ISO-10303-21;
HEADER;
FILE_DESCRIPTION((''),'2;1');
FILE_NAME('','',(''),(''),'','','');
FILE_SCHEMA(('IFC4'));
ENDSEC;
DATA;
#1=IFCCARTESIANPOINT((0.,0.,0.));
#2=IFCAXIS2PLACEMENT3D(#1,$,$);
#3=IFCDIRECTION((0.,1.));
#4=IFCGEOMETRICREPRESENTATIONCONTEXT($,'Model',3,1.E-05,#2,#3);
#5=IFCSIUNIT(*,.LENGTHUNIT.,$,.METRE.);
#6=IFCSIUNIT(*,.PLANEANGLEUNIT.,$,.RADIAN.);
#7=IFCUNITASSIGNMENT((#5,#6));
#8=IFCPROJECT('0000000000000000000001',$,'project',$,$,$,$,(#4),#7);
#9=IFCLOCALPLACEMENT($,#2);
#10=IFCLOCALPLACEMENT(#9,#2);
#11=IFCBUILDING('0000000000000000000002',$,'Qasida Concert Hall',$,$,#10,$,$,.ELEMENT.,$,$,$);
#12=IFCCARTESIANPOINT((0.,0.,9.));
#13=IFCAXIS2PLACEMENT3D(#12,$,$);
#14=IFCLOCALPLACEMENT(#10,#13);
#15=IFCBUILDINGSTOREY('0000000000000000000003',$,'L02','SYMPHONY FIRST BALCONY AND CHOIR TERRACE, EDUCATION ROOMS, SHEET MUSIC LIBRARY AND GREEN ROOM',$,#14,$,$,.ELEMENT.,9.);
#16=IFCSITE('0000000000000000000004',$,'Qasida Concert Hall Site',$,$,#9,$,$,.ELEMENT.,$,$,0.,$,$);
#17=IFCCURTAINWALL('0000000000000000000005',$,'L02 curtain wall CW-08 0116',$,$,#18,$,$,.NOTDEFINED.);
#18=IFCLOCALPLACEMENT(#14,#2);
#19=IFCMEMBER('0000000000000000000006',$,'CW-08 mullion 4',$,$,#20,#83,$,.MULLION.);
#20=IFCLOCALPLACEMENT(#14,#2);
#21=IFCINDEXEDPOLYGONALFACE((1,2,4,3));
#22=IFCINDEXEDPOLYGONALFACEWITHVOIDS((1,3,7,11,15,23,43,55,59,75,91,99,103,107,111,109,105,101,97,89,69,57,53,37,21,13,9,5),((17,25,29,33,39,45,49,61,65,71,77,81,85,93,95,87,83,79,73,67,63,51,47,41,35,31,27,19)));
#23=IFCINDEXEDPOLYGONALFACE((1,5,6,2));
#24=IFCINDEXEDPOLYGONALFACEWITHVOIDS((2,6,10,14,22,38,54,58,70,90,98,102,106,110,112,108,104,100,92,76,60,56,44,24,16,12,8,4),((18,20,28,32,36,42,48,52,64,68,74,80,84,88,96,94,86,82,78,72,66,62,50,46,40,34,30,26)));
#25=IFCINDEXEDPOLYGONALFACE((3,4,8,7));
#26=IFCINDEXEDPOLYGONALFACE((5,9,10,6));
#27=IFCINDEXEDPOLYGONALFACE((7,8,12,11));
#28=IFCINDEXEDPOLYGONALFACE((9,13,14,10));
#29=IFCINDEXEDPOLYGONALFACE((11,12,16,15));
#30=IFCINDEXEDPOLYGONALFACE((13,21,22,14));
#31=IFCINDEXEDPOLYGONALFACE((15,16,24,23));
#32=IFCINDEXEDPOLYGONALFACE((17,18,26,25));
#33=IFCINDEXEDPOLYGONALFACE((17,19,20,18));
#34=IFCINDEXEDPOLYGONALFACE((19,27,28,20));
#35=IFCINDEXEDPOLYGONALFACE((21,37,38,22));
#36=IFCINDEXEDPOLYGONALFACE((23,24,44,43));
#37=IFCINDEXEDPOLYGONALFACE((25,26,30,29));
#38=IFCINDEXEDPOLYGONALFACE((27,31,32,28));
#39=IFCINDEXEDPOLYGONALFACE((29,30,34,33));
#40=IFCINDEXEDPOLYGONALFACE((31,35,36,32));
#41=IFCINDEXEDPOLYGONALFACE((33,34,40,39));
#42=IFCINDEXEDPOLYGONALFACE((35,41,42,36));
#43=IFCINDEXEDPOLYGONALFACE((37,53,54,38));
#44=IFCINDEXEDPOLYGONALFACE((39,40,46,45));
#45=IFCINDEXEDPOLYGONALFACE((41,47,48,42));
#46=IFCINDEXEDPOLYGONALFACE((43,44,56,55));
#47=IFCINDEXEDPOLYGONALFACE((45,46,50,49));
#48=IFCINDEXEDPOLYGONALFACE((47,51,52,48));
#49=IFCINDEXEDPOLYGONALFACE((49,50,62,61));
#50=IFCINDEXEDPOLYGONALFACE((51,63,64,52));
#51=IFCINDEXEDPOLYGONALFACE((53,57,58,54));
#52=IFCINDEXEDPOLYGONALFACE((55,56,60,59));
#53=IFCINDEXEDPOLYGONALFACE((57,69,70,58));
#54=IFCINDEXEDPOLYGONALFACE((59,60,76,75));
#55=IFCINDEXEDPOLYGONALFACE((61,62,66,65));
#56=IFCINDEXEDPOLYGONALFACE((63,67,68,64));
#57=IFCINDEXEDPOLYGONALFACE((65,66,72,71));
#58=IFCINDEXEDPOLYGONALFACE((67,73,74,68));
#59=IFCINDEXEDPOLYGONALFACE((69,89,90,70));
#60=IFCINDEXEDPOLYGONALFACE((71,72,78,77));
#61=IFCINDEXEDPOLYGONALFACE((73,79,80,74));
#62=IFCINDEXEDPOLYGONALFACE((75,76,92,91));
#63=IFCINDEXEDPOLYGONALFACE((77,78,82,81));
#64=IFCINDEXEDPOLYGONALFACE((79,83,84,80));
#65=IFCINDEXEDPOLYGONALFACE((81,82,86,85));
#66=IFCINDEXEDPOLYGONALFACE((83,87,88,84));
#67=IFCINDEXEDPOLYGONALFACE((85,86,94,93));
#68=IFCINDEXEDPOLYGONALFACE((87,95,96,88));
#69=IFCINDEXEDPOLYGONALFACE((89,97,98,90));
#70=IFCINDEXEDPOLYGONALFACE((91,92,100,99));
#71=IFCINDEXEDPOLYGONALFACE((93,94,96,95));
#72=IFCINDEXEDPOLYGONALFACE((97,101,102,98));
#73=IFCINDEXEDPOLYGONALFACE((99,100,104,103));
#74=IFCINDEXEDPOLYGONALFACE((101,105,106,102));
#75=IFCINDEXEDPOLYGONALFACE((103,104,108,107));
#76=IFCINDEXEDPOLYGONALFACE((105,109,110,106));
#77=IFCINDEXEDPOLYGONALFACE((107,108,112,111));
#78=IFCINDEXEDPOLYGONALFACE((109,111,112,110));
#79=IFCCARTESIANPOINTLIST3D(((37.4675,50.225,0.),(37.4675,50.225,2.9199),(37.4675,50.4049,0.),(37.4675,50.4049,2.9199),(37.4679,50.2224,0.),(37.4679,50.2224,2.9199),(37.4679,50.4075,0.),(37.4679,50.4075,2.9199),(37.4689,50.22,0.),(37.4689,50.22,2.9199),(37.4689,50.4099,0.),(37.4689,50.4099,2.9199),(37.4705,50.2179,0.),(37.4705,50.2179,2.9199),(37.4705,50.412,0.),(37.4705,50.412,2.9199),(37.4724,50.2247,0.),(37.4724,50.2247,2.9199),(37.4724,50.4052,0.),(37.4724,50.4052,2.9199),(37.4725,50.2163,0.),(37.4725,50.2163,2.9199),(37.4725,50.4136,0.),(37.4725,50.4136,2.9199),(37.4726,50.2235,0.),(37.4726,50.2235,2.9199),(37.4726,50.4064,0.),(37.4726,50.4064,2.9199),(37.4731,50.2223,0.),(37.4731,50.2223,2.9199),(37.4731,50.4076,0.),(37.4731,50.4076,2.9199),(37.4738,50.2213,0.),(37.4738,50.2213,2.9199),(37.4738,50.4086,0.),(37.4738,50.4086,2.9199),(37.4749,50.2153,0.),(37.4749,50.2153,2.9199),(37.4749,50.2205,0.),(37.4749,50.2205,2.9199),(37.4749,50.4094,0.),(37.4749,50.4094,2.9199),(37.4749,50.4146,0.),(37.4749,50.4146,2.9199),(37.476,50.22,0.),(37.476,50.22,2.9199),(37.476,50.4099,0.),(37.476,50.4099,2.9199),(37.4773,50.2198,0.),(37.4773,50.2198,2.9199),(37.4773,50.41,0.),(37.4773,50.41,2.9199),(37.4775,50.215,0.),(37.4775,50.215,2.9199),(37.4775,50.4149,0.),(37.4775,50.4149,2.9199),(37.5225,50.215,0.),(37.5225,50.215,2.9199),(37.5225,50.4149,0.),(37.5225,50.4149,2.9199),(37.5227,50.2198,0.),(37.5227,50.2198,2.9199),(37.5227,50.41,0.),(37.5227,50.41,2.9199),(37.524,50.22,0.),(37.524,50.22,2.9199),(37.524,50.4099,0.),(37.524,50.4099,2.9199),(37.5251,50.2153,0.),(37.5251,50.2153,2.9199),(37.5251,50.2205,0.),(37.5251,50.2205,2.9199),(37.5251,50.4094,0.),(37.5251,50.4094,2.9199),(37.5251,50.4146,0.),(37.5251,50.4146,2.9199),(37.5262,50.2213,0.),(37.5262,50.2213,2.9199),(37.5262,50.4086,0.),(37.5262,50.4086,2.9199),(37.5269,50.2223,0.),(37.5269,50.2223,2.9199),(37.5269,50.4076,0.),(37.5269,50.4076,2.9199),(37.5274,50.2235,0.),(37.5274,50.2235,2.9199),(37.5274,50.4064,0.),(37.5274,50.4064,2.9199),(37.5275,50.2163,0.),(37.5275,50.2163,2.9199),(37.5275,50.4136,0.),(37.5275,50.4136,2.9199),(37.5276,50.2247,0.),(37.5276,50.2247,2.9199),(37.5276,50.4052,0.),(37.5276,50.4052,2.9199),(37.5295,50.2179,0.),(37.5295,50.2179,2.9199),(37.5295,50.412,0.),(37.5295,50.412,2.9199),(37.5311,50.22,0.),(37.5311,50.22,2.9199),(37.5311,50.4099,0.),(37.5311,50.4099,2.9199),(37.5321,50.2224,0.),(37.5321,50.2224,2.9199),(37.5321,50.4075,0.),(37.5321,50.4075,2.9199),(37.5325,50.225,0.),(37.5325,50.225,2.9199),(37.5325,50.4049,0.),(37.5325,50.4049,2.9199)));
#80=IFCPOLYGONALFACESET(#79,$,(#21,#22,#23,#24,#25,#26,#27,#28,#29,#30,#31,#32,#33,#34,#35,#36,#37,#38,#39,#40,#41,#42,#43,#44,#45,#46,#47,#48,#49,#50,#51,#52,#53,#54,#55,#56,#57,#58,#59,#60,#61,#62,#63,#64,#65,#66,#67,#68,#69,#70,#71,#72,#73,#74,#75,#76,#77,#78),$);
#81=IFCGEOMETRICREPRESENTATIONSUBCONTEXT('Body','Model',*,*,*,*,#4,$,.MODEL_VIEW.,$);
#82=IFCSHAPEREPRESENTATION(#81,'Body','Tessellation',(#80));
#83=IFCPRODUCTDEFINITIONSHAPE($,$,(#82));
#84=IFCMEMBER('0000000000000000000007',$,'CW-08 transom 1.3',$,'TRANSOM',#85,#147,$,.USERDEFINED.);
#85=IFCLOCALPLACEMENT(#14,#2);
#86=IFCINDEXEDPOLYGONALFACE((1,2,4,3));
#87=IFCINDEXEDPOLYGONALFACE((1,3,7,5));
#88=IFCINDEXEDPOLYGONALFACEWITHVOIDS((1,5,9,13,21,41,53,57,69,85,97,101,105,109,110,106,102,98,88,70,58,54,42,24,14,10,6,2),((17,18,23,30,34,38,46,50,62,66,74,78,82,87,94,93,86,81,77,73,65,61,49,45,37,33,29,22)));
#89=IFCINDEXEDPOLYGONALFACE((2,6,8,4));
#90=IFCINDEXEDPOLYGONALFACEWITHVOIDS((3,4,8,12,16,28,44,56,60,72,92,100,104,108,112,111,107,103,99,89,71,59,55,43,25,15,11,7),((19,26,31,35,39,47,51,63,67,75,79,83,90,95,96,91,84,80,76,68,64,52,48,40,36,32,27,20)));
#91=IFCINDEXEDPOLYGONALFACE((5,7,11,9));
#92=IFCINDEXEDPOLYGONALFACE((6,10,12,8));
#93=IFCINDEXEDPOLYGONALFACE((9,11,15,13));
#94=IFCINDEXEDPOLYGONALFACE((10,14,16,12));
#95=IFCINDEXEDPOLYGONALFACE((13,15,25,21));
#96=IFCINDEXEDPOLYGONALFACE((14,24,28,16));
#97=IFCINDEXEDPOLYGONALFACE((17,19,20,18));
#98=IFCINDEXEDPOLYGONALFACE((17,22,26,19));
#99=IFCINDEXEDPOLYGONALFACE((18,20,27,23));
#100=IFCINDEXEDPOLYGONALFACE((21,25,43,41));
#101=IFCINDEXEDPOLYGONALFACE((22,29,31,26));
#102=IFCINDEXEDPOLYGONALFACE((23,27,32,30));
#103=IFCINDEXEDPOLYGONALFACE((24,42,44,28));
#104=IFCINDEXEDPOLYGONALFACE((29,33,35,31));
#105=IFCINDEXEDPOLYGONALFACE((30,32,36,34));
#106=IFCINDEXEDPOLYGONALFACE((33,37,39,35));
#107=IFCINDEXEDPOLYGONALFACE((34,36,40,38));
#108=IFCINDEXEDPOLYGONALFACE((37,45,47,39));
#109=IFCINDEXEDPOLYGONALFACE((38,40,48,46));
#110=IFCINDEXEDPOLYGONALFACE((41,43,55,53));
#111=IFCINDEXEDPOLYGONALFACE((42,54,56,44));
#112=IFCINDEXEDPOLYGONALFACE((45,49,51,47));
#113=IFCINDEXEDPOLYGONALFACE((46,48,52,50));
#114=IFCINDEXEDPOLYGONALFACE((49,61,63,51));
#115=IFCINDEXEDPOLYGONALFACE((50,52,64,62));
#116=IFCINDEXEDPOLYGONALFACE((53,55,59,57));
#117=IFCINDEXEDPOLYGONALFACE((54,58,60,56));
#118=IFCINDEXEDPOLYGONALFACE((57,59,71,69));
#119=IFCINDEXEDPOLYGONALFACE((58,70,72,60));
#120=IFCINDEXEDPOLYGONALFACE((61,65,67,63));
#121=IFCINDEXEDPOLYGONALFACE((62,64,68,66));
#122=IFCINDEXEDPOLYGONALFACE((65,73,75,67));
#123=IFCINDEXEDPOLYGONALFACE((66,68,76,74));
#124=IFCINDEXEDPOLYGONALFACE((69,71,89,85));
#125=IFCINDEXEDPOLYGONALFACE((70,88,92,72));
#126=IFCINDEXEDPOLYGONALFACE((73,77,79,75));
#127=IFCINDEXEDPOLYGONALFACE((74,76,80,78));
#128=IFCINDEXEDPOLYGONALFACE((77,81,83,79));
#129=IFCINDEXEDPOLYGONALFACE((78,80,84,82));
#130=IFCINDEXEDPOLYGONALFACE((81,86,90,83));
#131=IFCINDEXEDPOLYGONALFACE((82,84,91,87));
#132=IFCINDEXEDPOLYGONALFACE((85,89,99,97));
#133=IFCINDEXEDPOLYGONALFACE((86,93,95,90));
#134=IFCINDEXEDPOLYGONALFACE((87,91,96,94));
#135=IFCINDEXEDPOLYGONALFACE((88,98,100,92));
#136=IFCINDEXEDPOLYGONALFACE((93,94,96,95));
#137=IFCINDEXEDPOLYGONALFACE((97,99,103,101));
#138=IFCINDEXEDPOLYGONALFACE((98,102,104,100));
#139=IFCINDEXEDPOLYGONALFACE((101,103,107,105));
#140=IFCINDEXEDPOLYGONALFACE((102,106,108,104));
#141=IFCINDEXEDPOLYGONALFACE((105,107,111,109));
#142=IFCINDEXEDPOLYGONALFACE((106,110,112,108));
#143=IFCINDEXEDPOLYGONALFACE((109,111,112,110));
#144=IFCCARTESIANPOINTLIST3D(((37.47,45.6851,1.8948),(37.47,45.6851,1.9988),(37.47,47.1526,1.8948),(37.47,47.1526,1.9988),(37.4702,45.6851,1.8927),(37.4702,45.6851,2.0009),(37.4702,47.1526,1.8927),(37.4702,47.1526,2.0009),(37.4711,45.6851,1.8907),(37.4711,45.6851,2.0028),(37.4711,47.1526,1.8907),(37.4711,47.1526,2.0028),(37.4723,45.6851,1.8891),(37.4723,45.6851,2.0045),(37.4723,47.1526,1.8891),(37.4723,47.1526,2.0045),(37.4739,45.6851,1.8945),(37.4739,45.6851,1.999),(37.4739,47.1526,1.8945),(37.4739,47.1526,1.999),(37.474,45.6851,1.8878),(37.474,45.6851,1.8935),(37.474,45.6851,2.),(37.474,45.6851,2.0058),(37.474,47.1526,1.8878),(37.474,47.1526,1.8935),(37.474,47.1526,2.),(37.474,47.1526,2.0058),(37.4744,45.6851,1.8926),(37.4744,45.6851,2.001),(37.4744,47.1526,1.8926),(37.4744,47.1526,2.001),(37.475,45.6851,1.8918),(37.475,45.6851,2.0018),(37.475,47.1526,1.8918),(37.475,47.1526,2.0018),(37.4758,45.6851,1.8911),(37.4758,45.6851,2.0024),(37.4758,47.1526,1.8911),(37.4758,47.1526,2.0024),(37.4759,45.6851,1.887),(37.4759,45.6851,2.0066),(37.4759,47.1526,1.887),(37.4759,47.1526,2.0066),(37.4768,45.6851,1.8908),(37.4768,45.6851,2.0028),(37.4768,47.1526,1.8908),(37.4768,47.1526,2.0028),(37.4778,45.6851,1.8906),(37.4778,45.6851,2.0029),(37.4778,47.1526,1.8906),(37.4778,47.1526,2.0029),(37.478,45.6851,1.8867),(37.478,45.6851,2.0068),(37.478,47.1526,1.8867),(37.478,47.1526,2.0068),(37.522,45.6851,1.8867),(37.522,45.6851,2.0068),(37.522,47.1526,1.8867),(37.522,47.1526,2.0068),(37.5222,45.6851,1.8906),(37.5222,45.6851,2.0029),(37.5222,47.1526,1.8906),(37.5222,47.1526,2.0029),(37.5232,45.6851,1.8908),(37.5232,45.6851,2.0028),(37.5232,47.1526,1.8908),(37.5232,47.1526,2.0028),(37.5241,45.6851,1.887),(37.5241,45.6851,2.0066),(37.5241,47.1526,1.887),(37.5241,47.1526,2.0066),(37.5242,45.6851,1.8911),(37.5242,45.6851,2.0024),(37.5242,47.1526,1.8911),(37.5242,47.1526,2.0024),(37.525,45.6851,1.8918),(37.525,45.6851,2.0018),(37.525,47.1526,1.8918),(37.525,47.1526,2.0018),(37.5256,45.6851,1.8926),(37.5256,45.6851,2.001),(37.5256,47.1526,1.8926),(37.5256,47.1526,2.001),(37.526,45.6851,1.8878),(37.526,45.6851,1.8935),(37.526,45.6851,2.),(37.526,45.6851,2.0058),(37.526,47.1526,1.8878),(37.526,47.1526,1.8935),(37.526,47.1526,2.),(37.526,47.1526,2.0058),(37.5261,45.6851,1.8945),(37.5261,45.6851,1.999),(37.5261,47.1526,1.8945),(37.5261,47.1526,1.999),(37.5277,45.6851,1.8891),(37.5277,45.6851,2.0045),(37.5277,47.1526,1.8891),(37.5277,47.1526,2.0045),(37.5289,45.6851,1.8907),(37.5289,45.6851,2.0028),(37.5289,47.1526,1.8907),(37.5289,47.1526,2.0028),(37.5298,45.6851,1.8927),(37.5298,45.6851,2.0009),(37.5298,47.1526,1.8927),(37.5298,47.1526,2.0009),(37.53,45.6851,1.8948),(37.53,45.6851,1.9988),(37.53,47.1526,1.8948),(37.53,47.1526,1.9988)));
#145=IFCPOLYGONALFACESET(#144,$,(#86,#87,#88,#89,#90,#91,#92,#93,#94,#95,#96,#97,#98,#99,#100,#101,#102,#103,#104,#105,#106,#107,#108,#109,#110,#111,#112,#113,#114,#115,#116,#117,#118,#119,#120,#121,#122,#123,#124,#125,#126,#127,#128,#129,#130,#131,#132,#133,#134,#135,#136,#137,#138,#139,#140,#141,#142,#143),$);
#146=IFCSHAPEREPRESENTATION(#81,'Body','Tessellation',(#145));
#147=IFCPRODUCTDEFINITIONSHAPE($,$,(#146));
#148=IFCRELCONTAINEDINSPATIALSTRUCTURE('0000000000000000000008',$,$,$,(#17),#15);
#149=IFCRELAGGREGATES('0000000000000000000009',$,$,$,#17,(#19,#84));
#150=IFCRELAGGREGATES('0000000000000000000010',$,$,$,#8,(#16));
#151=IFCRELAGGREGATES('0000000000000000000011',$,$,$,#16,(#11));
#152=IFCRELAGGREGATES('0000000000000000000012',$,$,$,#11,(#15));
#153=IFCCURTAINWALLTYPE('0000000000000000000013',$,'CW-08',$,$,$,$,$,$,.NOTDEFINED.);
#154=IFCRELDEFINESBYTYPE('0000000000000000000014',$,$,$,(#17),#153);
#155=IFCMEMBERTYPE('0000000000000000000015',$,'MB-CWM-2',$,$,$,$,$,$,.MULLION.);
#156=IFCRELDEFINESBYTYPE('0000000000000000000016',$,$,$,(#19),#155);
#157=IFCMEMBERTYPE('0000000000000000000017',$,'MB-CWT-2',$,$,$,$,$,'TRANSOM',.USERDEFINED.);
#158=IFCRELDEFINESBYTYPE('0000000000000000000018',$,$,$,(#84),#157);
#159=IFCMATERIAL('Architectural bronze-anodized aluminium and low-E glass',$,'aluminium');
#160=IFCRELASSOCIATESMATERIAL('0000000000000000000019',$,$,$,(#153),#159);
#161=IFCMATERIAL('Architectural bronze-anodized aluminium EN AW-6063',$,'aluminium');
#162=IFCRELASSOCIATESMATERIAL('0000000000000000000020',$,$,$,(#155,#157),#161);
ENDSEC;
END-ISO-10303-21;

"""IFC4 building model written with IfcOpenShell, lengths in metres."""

from ifc_helpers import new_model, si_unit, direction, frame, origin, origin_2d, place, context, subcontext, project, spatial, hollow_rectangle, extrude, material, material_profile, profile_set, type_object, element, aggregate, save


model = new_model("IFC4")

# Units and contexts
model_context = context("Model", 3, precision=1e-05, world=origin(), true_north=direction((0.0, 1.0)))
body_context = subcontext(model_context, "Body", "Model", "MODEL_VIEW")
ifc_project = project(units=[si_unit("LENGTHUNIT", "METRE"), si_unit("PLANEANGLEUNIT", "RADIAN")], contexts=[model_context])

# Site, building, storey
site_placement = place(None, origin())
site = spatial("IfcSite", under=ifc_project, at=site_placement, Name="Qasida Concert Hall Site", CompositionType="ELEMENT", RefElevation=0.0)
building_placement = place(site_placement, origin())
building = spatial("IfcBuilding", under=site, at=building_placement, Name="Qasida Concert Hall", CompositionType="ELEMENT")
storey_placement = place(building_placement, frame((0.0, 0.0, 9.0)))
storey = spatial("IfcBuildingStorey", under=building, at=storey_placement, Name="L02", Description="SYMPHONY FIRST BALCONY AND CHOIR TERRACE, EDUCATION ROOMS, SHEET MUSIC LIBRARY AND GREEN ROOM", CompositionType="ELEMENT", Elevation=9.0)

# Curtain wall, members
ifc_material_1 = material(Name="Architectural bronze-anodized aluminium and low-E glass", Category="aluminium")
curtain_wall_type = type_object("IfcCurtainWallType", Name="CW-08", PredefinedType="NOTDEFINED", material=ifc_material_1)
curtain_wall_placement = place(storey_placement, origin())
curtain_wall = element("IfcCurtainWall", 1, at=curtain_wall_placement, inside=storey, type_object=curtain_wall_type, Name="L02 curtain wall CW-08 0116", PredefinedType="NOTDEFINED")
ifc_material_2 = material(Name="Architectural bronze-anodized aluminium EN AW-6063", Category="aluminium")
ifc_material_profile_1 = material_profile(ifc_material_2, hollow_rectangle(XDim=0.0649, YDim=0.2, WallThickness=0.0049, InnerFilletRadius=0.0049, OuterFilletRadius=0.01, at=origin_2d()), Name="CWM 200x65x5")
ifc_profile_set_1 = profile_set([ifc_material_profile_1], Name="Architectural bronze-anodized aluminium EN AW-6063")
member_type_1 = type_object("IfcMemberType", Name="MB-CWM-2", PredefinedType="MULLION", material=ifc_profile_set_1)
member_1_placement = place(storey_placement, frame((37.5, 50.3149, 0.0), z_axis=(0.0, 0.0, 1.0), x_axis=(-1.0, 0.0, 0.0)))
member_1 = element("IfcMember", 2, at=member_1_placement, type_object=member_type_1, Name="CW-08 mullion 4", PredefinedType="MULLION", context=body_context, shape_type="SweptSolid", body=[
    extrude(hollow_rectangle(XDim=0.0649, YDim=0.2, WallThickness=0.0049, InnerFilletRadius=0.0049, OuterFilletRadius=0.01, at=origin_2d()), origin(), (0.0, 0.0, 1.0), 2.9199),
])
ifc_material_profile_2 = material_profile(ifc_material_2, hollow_rectangle(XDim=0.0601, YDim=0.1201, WallThickness=0.0039, InnerFilletRadius=0.0039, OuterFilletRadius=0.0081, at=origin_2d()), Name="CWT 120x60x4")
ifc_profile_set_2 = profile_set([ifc_material_profile_2], Name="Architectural bronze-anodized aluminium EN AW-6063")
member_type_2 = type_object("IfcMemberType", Name="MB-CWT-2", ElementType="TRANSOM", PredefinedType="USERDEFINED", material=ifc_profile_set_2)
member_2_placement = place(storey_placement, frame((37.5, 45.6851, 1.9468), z_axis=(0.0, 1.0, 0.0), x_axis=(-1.0, 0.0, 0.0)))
member_2 = element("IfcMember", 3, at=member_2_placement, type_object=member_type_2, Name="CW-08 transom 1.3", ObjectType="TRANSOM", PredefinedType="USERDEFINED", context=body_context, shape_type="SweptSolid", body=[
    extrude(hollow_rectangle(XDim=0.0601, YDim=0.1201, WallThickness=0.0039, InnerFilletRadius=0.0039, OuterFilletRadius=0.0081, at=origin_2d()), origin(), (0.0, 0.0, 1.0), 1.4675),
])
aggregate(curtain_wall, [member_1, member_2])

save(model, "model.ifc")
